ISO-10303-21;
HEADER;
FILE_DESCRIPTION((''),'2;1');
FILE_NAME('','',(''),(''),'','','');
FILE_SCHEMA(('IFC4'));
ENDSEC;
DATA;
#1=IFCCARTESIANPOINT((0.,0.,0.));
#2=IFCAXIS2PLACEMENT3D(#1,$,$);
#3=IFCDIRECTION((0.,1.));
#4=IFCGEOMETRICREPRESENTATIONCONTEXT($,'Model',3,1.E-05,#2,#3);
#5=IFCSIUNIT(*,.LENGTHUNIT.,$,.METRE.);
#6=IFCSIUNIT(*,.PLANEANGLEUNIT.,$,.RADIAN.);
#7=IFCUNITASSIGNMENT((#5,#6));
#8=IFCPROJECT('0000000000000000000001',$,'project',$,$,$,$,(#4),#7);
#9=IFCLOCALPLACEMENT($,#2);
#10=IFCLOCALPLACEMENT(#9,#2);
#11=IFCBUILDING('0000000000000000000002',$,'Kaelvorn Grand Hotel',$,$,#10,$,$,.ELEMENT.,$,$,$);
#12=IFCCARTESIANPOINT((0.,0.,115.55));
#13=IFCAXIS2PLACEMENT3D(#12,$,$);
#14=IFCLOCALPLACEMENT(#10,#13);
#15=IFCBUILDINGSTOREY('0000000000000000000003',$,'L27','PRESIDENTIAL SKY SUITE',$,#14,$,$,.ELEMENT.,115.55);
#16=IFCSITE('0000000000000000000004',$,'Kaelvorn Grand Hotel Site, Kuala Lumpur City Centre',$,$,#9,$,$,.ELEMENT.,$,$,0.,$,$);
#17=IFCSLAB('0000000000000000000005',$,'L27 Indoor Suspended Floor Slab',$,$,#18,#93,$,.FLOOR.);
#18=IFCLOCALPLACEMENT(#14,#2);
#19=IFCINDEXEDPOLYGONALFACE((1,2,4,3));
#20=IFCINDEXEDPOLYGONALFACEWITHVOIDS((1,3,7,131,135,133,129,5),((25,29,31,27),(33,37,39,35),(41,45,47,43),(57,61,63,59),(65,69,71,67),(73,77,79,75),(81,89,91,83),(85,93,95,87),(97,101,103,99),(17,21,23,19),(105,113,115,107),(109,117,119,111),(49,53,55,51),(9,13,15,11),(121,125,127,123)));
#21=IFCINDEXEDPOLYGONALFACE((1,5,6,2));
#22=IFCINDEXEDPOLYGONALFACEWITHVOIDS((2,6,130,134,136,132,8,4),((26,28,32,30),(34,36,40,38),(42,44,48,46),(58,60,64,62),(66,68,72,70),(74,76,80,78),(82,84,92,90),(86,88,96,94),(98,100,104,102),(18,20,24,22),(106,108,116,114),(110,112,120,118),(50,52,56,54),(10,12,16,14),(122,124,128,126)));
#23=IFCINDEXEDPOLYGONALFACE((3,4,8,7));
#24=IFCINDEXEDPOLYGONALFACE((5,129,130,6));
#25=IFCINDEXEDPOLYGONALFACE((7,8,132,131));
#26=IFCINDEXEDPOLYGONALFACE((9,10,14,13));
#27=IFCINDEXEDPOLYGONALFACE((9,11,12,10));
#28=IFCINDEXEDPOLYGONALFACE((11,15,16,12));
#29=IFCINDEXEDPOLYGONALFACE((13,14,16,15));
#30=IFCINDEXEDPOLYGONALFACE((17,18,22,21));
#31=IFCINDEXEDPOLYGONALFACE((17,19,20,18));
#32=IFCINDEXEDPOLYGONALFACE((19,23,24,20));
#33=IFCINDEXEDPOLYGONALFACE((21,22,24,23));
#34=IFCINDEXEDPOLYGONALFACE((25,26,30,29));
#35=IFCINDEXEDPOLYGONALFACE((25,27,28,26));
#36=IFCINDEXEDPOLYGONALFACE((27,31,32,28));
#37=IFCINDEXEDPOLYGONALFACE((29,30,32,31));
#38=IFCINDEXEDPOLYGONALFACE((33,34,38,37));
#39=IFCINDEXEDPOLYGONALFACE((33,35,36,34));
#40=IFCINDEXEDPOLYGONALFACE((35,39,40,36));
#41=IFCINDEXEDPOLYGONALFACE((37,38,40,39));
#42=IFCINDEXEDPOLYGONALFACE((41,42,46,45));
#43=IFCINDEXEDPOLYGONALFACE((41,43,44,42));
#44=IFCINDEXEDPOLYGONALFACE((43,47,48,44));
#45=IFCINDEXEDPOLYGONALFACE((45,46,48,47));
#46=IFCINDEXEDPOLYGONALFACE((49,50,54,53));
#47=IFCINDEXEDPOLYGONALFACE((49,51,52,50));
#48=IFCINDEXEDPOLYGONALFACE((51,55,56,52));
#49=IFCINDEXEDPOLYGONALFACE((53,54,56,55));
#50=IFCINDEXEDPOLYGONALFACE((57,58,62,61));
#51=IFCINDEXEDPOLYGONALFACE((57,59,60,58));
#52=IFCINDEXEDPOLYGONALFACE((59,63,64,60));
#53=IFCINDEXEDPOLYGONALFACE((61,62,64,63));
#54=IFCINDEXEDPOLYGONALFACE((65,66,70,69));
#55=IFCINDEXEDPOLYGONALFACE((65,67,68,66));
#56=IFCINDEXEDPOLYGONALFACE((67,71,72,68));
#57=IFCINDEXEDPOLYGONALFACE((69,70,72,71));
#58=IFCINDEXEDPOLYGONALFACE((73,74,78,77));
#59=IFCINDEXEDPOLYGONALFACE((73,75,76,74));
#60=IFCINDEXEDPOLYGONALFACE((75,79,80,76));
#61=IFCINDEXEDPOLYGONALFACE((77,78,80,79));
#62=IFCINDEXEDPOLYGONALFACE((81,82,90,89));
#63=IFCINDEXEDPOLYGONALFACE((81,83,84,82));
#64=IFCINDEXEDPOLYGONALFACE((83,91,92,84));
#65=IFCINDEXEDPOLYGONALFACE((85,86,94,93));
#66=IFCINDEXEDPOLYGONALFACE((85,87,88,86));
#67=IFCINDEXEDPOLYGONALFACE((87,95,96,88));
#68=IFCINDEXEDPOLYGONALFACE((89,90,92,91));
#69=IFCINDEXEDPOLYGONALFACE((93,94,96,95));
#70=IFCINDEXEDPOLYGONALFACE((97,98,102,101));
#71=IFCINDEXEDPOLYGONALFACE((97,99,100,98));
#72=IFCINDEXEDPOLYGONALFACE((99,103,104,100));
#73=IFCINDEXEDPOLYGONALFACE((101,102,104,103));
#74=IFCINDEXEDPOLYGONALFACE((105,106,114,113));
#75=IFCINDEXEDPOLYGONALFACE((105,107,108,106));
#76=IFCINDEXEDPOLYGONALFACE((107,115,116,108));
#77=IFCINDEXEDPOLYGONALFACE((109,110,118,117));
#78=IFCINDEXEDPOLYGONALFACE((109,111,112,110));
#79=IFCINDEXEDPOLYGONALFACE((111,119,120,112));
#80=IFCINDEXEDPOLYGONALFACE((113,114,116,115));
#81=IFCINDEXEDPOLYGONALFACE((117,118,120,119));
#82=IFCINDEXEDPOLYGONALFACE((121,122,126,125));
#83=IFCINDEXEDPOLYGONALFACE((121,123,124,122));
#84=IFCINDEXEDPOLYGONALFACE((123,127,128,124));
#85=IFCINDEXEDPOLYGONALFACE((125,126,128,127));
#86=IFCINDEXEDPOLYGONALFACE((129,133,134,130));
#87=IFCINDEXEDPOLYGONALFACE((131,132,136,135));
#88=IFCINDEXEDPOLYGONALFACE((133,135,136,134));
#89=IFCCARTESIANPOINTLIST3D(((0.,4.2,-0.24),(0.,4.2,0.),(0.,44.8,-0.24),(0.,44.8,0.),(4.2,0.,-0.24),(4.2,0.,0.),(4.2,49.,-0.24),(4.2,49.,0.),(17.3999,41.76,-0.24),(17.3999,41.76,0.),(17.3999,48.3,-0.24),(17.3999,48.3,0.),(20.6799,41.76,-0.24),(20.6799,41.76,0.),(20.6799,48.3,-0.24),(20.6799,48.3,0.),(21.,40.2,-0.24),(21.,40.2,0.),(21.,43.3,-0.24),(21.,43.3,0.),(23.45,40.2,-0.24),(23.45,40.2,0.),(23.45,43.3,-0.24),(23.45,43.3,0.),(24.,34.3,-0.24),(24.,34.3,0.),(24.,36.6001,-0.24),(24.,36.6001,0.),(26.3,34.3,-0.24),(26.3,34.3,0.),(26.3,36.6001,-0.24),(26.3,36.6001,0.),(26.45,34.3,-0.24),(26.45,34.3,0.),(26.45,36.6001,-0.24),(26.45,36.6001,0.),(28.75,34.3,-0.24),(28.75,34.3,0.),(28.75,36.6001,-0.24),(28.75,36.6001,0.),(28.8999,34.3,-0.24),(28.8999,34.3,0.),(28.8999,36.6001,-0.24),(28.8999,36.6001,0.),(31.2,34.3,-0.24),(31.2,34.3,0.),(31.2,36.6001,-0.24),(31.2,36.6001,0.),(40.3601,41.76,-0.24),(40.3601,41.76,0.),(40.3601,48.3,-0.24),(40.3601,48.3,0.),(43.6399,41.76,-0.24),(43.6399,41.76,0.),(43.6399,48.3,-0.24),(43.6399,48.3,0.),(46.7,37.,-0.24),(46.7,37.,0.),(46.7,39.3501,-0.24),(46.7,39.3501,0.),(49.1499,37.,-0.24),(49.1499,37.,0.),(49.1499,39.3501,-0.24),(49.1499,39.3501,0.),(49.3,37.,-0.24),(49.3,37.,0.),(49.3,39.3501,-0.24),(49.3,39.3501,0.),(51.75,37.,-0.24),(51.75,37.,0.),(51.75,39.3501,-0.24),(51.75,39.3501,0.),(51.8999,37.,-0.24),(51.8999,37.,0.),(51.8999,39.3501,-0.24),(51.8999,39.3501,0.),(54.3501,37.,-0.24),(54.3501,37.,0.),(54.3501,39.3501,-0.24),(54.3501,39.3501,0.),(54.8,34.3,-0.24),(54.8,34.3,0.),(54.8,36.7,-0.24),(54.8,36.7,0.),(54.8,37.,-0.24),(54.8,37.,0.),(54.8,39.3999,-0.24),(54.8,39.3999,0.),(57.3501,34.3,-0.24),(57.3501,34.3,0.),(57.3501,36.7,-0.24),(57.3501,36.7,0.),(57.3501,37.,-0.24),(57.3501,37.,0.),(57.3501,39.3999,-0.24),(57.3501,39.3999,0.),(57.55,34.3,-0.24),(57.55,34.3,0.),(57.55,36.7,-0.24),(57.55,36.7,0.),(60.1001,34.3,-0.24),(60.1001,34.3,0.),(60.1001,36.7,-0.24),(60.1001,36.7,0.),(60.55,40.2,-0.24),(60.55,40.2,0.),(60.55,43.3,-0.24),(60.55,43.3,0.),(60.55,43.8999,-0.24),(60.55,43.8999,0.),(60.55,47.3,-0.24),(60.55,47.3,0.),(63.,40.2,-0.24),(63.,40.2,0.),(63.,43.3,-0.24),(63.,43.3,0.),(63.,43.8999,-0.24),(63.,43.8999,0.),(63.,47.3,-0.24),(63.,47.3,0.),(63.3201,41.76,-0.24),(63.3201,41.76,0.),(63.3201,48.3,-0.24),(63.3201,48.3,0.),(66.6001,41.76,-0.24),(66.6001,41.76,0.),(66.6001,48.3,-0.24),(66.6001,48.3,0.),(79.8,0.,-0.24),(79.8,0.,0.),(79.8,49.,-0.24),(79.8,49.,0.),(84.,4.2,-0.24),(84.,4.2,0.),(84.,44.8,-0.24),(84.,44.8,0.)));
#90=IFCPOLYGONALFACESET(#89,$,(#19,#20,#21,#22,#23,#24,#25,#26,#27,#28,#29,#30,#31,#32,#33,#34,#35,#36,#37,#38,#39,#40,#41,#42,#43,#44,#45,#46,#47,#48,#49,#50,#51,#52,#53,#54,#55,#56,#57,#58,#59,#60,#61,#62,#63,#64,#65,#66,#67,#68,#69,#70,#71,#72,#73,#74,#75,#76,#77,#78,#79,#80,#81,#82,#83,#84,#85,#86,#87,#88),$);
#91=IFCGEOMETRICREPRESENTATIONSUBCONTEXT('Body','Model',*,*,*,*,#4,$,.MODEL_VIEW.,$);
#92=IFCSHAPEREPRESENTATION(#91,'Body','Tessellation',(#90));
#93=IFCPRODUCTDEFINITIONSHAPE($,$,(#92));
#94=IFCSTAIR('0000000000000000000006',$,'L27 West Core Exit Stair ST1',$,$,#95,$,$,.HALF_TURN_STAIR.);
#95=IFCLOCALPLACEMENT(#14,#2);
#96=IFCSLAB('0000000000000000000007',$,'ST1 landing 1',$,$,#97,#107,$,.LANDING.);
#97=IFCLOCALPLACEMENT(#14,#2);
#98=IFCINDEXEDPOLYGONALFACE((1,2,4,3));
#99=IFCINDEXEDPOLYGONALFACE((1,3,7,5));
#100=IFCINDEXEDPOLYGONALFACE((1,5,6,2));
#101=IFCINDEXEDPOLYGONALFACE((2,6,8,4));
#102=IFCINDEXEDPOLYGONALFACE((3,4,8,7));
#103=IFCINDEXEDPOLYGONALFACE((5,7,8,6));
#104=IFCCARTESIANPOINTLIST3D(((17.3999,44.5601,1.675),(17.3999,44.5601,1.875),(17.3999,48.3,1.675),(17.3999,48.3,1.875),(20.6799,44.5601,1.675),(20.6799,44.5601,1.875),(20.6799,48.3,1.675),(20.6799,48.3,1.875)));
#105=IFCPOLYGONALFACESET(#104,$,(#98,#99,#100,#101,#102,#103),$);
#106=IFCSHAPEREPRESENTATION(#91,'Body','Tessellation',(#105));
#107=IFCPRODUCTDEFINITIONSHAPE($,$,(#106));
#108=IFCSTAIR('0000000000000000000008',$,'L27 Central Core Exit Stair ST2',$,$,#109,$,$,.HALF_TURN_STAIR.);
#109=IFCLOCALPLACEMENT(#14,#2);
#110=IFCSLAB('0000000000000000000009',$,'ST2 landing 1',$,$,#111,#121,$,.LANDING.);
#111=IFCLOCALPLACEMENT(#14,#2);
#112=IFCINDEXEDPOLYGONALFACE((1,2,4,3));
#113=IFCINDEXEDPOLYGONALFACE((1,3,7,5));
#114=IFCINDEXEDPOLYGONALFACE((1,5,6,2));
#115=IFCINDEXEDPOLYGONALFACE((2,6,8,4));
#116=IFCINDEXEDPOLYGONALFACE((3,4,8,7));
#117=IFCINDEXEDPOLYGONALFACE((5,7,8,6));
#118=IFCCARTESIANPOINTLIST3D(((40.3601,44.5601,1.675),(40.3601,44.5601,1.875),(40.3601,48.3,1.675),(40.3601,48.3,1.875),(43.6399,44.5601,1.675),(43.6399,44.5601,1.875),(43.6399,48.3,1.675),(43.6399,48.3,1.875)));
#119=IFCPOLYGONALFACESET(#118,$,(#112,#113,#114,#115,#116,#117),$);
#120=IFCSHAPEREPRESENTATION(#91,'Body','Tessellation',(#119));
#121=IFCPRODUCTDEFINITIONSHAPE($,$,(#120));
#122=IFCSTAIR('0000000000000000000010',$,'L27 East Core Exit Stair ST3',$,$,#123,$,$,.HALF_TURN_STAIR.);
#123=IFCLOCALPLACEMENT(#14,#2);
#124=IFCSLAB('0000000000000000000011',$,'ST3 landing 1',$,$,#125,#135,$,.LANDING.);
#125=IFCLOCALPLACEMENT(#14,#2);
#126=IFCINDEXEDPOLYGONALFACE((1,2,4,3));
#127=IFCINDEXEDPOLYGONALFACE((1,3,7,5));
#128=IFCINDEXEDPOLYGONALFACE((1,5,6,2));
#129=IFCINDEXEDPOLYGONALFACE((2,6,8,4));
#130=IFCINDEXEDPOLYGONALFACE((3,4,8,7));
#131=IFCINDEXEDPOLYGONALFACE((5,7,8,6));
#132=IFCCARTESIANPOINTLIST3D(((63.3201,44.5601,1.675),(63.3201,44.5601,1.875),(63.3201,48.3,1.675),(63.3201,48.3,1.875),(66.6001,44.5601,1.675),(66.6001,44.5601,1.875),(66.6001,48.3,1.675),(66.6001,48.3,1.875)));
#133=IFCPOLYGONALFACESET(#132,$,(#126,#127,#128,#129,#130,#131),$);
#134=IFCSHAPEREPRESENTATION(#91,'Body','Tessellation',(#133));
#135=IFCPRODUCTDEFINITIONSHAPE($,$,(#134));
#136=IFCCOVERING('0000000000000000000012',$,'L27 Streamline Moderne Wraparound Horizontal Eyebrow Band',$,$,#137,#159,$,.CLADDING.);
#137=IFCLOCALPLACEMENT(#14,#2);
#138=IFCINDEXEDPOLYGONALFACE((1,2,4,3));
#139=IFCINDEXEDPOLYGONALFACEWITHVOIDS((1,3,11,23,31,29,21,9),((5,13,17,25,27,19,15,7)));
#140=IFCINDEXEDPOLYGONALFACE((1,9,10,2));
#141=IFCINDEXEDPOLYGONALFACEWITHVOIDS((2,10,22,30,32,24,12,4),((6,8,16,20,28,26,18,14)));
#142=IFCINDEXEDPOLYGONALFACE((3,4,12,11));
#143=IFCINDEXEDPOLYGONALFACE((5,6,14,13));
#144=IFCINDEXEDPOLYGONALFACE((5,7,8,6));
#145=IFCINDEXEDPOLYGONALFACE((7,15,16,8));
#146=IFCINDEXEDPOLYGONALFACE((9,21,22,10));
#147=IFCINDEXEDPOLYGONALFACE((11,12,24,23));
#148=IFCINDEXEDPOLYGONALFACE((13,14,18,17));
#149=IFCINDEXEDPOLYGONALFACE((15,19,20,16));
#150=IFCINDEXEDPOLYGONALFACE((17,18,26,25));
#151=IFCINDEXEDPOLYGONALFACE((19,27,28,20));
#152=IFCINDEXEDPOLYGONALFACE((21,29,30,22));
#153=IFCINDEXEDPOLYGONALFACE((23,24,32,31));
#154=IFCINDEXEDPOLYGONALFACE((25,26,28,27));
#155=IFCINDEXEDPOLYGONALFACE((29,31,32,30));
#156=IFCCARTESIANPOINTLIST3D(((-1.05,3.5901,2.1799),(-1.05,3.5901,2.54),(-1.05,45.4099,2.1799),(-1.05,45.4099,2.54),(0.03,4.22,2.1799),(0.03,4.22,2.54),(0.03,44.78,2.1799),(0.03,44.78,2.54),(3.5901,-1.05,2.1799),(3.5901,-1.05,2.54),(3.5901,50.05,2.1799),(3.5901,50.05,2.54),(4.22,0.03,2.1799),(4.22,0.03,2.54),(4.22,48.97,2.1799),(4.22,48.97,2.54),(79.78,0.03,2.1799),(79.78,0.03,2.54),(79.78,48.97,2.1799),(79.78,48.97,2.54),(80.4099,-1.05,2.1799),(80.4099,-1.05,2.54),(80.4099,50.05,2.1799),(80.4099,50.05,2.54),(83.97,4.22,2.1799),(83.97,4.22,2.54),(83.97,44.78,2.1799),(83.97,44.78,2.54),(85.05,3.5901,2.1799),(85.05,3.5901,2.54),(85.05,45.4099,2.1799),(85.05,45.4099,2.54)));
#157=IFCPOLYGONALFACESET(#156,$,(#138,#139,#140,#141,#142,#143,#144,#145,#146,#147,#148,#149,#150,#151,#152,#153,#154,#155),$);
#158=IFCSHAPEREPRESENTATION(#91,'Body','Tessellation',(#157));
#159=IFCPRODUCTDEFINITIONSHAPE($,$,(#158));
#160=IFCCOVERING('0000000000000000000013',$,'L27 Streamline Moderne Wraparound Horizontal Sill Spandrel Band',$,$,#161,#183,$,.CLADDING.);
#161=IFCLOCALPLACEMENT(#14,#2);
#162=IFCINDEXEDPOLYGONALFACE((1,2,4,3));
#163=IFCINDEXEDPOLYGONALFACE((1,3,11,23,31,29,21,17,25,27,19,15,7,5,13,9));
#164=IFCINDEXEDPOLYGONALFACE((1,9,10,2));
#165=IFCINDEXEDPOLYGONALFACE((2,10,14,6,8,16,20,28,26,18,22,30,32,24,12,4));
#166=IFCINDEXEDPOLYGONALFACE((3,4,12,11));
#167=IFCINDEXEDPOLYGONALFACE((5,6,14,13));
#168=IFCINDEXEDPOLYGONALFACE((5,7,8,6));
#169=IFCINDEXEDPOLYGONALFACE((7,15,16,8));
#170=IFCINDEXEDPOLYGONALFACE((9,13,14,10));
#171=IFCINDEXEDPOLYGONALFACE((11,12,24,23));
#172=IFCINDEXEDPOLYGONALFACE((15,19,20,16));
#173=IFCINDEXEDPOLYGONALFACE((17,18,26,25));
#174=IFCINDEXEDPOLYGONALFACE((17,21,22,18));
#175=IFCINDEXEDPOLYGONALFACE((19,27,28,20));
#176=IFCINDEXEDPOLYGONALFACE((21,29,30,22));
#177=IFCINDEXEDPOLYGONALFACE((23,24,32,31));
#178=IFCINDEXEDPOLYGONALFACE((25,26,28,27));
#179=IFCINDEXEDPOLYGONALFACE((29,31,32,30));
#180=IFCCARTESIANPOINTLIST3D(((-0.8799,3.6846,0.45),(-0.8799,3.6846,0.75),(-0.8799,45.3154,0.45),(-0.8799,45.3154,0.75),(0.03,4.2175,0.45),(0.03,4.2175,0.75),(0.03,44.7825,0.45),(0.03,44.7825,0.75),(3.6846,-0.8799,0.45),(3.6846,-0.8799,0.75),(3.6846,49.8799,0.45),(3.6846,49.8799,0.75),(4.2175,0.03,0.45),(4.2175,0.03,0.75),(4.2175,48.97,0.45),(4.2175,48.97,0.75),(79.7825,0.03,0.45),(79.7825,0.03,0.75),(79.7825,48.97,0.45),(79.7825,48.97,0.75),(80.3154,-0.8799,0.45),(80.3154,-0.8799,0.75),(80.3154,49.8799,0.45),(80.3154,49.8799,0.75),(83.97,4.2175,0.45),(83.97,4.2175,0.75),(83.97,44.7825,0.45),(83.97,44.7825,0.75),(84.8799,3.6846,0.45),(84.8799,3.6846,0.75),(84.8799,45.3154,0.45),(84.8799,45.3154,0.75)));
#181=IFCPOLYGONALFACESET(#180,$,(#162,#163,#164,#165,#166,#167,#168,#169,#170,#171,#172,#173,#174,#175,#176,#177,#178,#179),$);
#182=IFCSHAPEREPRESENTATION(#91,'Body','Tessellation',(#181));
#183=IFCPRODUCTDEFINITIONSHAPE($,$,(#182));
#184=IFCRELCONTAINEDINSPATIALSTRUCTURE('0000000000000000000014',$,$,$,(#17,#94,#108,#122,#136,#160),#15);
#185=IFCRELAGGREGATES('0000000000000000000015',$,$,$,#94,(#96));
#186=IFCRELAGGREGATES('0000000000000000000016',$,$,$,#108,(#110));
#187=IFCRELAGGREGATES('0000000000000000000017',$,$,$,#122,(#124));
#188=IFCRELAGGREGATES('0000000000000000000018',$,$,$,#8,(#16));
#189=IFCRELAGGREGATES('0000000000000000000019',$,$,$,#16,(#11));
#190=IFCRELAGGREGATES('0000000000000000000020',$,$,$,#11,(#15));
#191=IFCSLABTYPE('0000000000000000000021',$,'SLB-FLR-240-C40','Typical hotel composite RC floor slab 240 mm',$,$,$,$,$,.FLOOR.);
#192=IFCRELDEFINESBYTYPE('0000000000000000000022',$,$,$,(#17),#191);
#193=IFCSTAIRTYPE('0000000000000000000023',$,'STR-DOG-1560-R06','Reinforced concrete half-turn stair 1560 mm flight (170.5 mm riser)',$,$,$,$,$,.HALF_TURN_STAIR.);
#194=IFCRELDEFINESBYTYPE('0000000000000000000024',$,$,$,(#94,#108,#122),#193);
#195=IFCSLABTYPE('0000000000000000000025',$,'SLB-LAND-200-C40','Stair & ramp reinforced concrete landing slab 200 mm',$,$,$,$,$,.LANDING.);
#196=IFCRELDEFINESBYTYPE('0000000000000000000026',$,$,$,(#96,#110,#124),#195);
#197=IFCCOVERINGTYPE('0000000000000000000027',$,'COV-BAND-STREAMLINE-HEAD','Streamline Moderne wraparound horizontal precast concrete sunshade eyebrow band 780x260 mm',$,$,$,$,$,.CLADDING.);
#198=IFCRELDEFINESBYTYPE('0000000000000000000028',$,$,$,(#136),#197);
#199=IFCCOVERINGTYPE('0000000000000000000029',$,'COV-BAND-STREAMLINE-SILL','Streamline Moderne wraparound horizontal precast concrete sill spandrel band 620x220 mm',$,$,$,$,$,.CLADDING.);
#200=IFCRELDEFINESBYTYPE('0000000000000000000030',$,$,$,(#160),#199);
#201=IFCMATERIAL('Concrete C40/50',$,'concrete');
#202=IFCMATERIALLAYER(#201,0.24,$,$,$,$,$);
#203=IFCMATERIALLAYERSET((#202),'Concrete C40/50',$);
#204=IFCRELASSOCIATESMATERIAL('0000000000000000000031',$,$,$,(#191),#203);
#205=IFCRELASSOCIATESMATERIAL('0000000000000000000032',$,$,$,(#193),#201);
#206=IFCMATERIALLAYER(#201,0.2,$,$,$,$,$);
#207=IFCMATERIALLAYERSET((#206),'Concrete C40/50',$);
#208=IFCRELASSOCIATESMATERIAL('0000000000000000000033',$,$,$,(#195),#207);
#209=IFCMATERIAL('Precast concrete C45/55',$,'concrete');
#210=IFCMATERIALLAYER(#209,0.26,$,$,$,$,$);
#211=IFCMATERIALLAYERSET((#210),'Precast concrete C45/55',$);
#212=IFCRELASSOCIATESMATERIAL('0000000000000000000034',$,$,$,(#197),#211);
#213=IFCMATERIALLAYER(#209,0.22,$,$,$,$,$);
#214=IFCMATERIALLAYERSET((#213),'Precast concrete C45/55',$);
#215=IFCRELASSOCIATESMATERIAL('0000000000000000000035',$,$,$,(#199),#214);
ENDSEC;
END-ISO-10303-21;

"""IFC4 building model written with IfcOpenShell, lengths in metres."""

from ifc_helpers import new_model, si_unit, direction, frame, origin, place, context, subcontext, project, spatial, polyline, outline, extrude, material, layer, layer_set, type_object, element, aggregate, save


model = new_model("IFC4")

# Units and contexts
model_context = context("Model", 3, precision=1e-05, world=origin(), true_north=direction((0.0, 1.0)))
body_context = subcontext(model_context, "Body", "Model", "MODEL_VIEW")
ifc_project = project(units=[si_unit("LENGTHUNIT", "METRE"), si_unit("PLANEANGLEUNIT", "RADIAN")], contexts=[model_context])

# Site, building, storey
site_placement = place(None, origin())
site = spatial("IfcSite", under=ifc_project, at=site_placement, Name="Kaelvorn Grand Hotel Site, Kuala Lumpur City Centre", CompositionType="ELEMENT", RefElevation=0.0)
building_placement = place(site_placement, origin())
building = spatial("IfcBuilding", under=site, at=building_placement, Name="Kaelvorn Grand Hotel", CompositionType="ELEMENT")
storey_placement = place(building_placement, frame((0.0, 0.0, 115.55)))
storey = spatial("IfcBuildingStorey", under=building, at=storey_placement, Name="L27", Description="PRESIDENTIAL SKY SUITE", CompositionType="ELEMENT", Elevation=115.55)

# Slab
ifc_material_1 = material(Name="Concrete C40/50", Category="concrete")
ifc_layer_1 = layer(ifc_material_1, 0.24)
ifc_layer_set_1 = layer_set([ifc_layer_1], Name="Concrete C40/50")
slab_type_1 = type_object("IfcSlabType", Name="SLB-FLR-240-C40", Description="Typical hotel composite RC floor slab 240 mm", PredefinedType="FLOOR", material=ifc_layer_set_1)
slab_1_placement = place(storey_placement, frame((0.0, 0.0, -0.24)))
element("IfcSlab", 1, at=slab_1_placement, inside=storey, type_object=slab_type_1, Name="L27 Indoor Suspended Floor Slab", PredefinedType="FLOOR", context=body_context, shape_type="SweptSolid", body=[
    extrude(outline(polyline([(4.2, 0.0), (79.8, 0.0), (84.0, 4.2), (84.0, 44.8), (79.8, 49.0), (4.2, 49.0), (0.0, 44.8), (0.0, 4.2), (4.2, 0.0)]), holes=[polyline([(17.3999, 41.76), (17.3999, 48.3), (20.6799, 48.3), (20.6799, 41.76), (17.3999, 41.76)]), polyline([(40.3601, 41.76), (40.3601, 48.3), (43.6399, 48.3), (43.6399, 41.76), (40.3601, 41.76)]), polyline([(63.3201, 41.76), (63.3201, 48.3), (66.6001, 48.3), (66.6001, 41.76), (63.3201, 41.76)]), polyline([(24.0, 34.3), (24.0, 36.6001), (26.3, 36.6001), (26.3, 34.3), (24.0, 34.3)]), polyline([(26.45, 34.3), (26.45, 36.6001), (28.75, 36.6001), (28.75, 34.3), (26.45, 34.3)]), polyline([(28.8999, 34.3), (28.8999, 36.6001), (31.2, 36.6001), (31.2, 34.3), (28.8999, 34.3)]), polyline([(46.7, 37.0), (46.7, 39.3501), (49.1499, 39.3501), (49.1499, 37.0), (46.7, 37.0)]), polyline([(49.3, 37.0), (49.3, 39.3501), (51.75, 39.3501), (51.75, 37.0), (49.3, 37.0)]), polyline([(51.8999, 37.0), (51.8999, 39.3501), (54.3501, 39.3501), (54.3501, 37.0), (51.8999, 37.0)]), polyline([(54.8, 34.3), (54.8, 36.7), (57.3501, 36.7), (57.3501, 34.3), (54.8, 34.3)]), polyline([(57.55, 34.3), (57.55, 36.7), (60.1001, 36.7), (60.1001, 34.3), (57.55, 34.3)]), polyline([(54.8, 37.0), (54.8, 39.3999), (57.3501, 39.3999), (57.3501, 37.0), (54.8, 37.0)]), polyline([(21.0, 40.2), (21.0, 43.3), (23.45, 43.3), (23.45, 40.2), (21.0, 40.2)]), polyline([(60.55, 40.2), (60.55, 43.3), (63.0, 43.3), (63.0, 40.2), (60.55, 40.2)]), polyline([(60.55, 43.8999), (60.55, 47.3), (63.0, 47.3), (63.0, 43.8999), (60.55, 43.8999)])]), origin(), (0.0, 0.0, 1.0), 0.24),
])

# Stairs, slabs
stair_type = type_object("IfcStairType", Name="STR-DOG-1560-R06", Description="Reinforced concrete half-turn stair 1560 mm flight (170.5 mm riser)", PredefinedType="HALF_TURN_STAIR", material=ifc_material_1)
stair_1_placement = place(storey_placement, origin())
stair_1 = element("IfcStair", 2, at=stair_1_placement, inside=storey, type_object=stair_type, Name="L27 West Core Exit Stair ST1", PredefinedType="HALF_TURN_STAIR")
ifc_layer_2 = layer(ifc_material_1, 0.2)
ifc_layer_set_2 = layer_set([ifc_layer_2], Name="Concrete C40/50")
slab_type_2 = type_object("IfcSlabType", Name="SLB-LAND-200-C40", Description="Stair & ramp reinforced concrete landing slab 200 mm", PredefinedType="LANDING", material=ifc_layer_set_2)
slab_2_placement = place(storey_placement, frame((0.0, 0.0, 1.675)))
slab_2 = element("IfcSlab", 3, at=slab_2_placement, type_object=slab_type_2, Name="ST1 landing 1", PredefinedType="LANDING", context=body_context, shape_type="SweptSolid", body=[
    extrude(outline(polyline([(20.6799, 44.5601), (20.6799, 48.3), (17.3999, 48.3), (17.3999, 44.5601), (20.6799, 44.5601)])), origin(), (0.0, 0.0, 1.0), 0.2),
])
aggregate(stair_1, [slab_2])
stair_2_placement = place(storey_placement, origin())
stair_2 = element("IfcStair", 4, at=stair_2_placement, inside=storey, type_object=stair_type, Name="L27 Central Core Exit Stair ST2", PredefinedType="HALF_TURN_STAIR")
slab_3_placement = place(storey_placement, frame((0.0, 0.0, 1.675)))
slab_3 = element("IfcSlab", 5, at=slab_3_placement, type_object=slab_type_2, Name="ST2 landing 1", PredefinedType="LANDING", context=body_context, shape_type="SweptSolid", body=[
    extrude(outline(polyline([(43.6399, 44.5601), (43.6399, 48.3), (40.3601, 48.3), (40.3601, 44.5601), (43.6399, 44.5601)])), origin(), (0.0, 0.0, 1.0), 0.2),
])
aggregate(stair_2, [slab_3])
stair_3_placement = place(storey_placement, origin())
stair_3 = element("IfcStair", 6, at=stair_3_placement, inside=storey, type_object=stair_type, Name="L27 East Core Exit Stair ST3", PredefinedType="HALF_TURN_STAIR")
slab_4_placement = place(storey_placement, frame((0.0, 0.0, 1.675)))
slab_4 = element("IfcSlab", 7, at=slab_4_placement, type_object=slab_type_2, Name="ST3 landing 1", PredefinedType="LANDING", context=body_context, shape_type="SweptSolid", body=[
    extrude(outline(polyline([(66.6001, 44.5601), (66.6001, 48.3), (63.3201, 48.3), (63.3201, 44.5601), (66.6001, 44.5601)])), origin(), (0.0, 0.0, 1.0), 0.2),
])
aggregate(stair_3, [slab_4])

# Coverings
ifc_material_2 = material(Name="Precast concrete C45/55", Category="concrete")
ifc_layer_3 = layer(ifc_material_2, 0.26)
ifc_layer_set_3 = layer_set([ifc_layer_3], Name="Precast concrete C45/55")
covering_type_1 = type_object("IfcCoveringType", Name="COV-BAND-STREAMLINE-HEAD", Description="Streamline Moderne wraparound horizontal precast concrete sunshade eyebrow band 780x260 mm", PredefinedType="CLADDING", material=ifc_layer_set_3)
covering_1_placement = place(storey_placement, frame((0.0, 0.0, 2.1799)))
element("IfcCovering", 8, at=covering_1_placement, inside=storey, type_object=covering_type_1, Name="L27 Streamline Moderne Wraparound Horizontal Eyebrow Band", PredefinedType="CLADDING", context=body_context, shape_type="SweptSolid", body=[
    extrude(outline(polyline([(3.5901, -1.05), (80.4099, -1.05), (85.05, 3.5901), (85.05, 45.4099), (80.4099, 50.05), (3.5901, 50.05), (-1.05, 45.4099), (-1.05, 3.5901), (3.5901, -1.05)]), holes=[polyline([(4.22, 0.03), (79.78, 0.03), (83.97, 4.22), (83.97, 44.78), (79.78, 48.97), (4.22, 48.97), (0.03, 44.78), (0.03, 4.22), (4.22, 0.03)])]), origin(), (0.0, 0.0, 1.0), 0.3601),
])
ifc_layer_4 = layer(ifc_material_2, 0.22)
ifc_layer_set_4 = layer_set([ifc_layer_4], Name="Precast concrete C45/55")
covering_type_2 = type_object("IfcCoveringType", Name="COV-BAND-STREAMLINE-SILL", Description="Streamline Moderne wraparound horizontal precast concrete sill spandrel band 620x220 mm", PredefinedType="CLADDING", material=ifc_layer_set_4)
covering_2_placement = place(storey_placement, frame((0.0, 0.0, 0.45)))
element("IfcCovering", 9, at=covering_2_placement, inside=storey, type_object=covering_type_2, Name="L27 Streamline Moderne Wraparound Horizontal Sill Spandrel Band", PredefinedType="CLADDING", context=body_context, shape_type="SweptSolid", body=[
    extrude(outline(polyline([(80.3154, -0.8799), (84.8799, 3.6846), (84.8799, 45.3154), (80.3154, 49.8799), (3.6846, 49.8799), (-0.8799, 45.3154), (-0.8799, 3.6846), (3.6846, -0.8799), (4.2175, 0.03), (0.03, 4.2175), (0.03, 44.7825), (4.2175, 48.97), (79.7825, 48.97), (83.97, 44.7825), (83.97, 4.2175), (79.7825, 0.03), (80.3154, -0.8799)])), origin(), (0.0, 0.0, 1.0), 0.3),
])

save(model, "model.ifc")
